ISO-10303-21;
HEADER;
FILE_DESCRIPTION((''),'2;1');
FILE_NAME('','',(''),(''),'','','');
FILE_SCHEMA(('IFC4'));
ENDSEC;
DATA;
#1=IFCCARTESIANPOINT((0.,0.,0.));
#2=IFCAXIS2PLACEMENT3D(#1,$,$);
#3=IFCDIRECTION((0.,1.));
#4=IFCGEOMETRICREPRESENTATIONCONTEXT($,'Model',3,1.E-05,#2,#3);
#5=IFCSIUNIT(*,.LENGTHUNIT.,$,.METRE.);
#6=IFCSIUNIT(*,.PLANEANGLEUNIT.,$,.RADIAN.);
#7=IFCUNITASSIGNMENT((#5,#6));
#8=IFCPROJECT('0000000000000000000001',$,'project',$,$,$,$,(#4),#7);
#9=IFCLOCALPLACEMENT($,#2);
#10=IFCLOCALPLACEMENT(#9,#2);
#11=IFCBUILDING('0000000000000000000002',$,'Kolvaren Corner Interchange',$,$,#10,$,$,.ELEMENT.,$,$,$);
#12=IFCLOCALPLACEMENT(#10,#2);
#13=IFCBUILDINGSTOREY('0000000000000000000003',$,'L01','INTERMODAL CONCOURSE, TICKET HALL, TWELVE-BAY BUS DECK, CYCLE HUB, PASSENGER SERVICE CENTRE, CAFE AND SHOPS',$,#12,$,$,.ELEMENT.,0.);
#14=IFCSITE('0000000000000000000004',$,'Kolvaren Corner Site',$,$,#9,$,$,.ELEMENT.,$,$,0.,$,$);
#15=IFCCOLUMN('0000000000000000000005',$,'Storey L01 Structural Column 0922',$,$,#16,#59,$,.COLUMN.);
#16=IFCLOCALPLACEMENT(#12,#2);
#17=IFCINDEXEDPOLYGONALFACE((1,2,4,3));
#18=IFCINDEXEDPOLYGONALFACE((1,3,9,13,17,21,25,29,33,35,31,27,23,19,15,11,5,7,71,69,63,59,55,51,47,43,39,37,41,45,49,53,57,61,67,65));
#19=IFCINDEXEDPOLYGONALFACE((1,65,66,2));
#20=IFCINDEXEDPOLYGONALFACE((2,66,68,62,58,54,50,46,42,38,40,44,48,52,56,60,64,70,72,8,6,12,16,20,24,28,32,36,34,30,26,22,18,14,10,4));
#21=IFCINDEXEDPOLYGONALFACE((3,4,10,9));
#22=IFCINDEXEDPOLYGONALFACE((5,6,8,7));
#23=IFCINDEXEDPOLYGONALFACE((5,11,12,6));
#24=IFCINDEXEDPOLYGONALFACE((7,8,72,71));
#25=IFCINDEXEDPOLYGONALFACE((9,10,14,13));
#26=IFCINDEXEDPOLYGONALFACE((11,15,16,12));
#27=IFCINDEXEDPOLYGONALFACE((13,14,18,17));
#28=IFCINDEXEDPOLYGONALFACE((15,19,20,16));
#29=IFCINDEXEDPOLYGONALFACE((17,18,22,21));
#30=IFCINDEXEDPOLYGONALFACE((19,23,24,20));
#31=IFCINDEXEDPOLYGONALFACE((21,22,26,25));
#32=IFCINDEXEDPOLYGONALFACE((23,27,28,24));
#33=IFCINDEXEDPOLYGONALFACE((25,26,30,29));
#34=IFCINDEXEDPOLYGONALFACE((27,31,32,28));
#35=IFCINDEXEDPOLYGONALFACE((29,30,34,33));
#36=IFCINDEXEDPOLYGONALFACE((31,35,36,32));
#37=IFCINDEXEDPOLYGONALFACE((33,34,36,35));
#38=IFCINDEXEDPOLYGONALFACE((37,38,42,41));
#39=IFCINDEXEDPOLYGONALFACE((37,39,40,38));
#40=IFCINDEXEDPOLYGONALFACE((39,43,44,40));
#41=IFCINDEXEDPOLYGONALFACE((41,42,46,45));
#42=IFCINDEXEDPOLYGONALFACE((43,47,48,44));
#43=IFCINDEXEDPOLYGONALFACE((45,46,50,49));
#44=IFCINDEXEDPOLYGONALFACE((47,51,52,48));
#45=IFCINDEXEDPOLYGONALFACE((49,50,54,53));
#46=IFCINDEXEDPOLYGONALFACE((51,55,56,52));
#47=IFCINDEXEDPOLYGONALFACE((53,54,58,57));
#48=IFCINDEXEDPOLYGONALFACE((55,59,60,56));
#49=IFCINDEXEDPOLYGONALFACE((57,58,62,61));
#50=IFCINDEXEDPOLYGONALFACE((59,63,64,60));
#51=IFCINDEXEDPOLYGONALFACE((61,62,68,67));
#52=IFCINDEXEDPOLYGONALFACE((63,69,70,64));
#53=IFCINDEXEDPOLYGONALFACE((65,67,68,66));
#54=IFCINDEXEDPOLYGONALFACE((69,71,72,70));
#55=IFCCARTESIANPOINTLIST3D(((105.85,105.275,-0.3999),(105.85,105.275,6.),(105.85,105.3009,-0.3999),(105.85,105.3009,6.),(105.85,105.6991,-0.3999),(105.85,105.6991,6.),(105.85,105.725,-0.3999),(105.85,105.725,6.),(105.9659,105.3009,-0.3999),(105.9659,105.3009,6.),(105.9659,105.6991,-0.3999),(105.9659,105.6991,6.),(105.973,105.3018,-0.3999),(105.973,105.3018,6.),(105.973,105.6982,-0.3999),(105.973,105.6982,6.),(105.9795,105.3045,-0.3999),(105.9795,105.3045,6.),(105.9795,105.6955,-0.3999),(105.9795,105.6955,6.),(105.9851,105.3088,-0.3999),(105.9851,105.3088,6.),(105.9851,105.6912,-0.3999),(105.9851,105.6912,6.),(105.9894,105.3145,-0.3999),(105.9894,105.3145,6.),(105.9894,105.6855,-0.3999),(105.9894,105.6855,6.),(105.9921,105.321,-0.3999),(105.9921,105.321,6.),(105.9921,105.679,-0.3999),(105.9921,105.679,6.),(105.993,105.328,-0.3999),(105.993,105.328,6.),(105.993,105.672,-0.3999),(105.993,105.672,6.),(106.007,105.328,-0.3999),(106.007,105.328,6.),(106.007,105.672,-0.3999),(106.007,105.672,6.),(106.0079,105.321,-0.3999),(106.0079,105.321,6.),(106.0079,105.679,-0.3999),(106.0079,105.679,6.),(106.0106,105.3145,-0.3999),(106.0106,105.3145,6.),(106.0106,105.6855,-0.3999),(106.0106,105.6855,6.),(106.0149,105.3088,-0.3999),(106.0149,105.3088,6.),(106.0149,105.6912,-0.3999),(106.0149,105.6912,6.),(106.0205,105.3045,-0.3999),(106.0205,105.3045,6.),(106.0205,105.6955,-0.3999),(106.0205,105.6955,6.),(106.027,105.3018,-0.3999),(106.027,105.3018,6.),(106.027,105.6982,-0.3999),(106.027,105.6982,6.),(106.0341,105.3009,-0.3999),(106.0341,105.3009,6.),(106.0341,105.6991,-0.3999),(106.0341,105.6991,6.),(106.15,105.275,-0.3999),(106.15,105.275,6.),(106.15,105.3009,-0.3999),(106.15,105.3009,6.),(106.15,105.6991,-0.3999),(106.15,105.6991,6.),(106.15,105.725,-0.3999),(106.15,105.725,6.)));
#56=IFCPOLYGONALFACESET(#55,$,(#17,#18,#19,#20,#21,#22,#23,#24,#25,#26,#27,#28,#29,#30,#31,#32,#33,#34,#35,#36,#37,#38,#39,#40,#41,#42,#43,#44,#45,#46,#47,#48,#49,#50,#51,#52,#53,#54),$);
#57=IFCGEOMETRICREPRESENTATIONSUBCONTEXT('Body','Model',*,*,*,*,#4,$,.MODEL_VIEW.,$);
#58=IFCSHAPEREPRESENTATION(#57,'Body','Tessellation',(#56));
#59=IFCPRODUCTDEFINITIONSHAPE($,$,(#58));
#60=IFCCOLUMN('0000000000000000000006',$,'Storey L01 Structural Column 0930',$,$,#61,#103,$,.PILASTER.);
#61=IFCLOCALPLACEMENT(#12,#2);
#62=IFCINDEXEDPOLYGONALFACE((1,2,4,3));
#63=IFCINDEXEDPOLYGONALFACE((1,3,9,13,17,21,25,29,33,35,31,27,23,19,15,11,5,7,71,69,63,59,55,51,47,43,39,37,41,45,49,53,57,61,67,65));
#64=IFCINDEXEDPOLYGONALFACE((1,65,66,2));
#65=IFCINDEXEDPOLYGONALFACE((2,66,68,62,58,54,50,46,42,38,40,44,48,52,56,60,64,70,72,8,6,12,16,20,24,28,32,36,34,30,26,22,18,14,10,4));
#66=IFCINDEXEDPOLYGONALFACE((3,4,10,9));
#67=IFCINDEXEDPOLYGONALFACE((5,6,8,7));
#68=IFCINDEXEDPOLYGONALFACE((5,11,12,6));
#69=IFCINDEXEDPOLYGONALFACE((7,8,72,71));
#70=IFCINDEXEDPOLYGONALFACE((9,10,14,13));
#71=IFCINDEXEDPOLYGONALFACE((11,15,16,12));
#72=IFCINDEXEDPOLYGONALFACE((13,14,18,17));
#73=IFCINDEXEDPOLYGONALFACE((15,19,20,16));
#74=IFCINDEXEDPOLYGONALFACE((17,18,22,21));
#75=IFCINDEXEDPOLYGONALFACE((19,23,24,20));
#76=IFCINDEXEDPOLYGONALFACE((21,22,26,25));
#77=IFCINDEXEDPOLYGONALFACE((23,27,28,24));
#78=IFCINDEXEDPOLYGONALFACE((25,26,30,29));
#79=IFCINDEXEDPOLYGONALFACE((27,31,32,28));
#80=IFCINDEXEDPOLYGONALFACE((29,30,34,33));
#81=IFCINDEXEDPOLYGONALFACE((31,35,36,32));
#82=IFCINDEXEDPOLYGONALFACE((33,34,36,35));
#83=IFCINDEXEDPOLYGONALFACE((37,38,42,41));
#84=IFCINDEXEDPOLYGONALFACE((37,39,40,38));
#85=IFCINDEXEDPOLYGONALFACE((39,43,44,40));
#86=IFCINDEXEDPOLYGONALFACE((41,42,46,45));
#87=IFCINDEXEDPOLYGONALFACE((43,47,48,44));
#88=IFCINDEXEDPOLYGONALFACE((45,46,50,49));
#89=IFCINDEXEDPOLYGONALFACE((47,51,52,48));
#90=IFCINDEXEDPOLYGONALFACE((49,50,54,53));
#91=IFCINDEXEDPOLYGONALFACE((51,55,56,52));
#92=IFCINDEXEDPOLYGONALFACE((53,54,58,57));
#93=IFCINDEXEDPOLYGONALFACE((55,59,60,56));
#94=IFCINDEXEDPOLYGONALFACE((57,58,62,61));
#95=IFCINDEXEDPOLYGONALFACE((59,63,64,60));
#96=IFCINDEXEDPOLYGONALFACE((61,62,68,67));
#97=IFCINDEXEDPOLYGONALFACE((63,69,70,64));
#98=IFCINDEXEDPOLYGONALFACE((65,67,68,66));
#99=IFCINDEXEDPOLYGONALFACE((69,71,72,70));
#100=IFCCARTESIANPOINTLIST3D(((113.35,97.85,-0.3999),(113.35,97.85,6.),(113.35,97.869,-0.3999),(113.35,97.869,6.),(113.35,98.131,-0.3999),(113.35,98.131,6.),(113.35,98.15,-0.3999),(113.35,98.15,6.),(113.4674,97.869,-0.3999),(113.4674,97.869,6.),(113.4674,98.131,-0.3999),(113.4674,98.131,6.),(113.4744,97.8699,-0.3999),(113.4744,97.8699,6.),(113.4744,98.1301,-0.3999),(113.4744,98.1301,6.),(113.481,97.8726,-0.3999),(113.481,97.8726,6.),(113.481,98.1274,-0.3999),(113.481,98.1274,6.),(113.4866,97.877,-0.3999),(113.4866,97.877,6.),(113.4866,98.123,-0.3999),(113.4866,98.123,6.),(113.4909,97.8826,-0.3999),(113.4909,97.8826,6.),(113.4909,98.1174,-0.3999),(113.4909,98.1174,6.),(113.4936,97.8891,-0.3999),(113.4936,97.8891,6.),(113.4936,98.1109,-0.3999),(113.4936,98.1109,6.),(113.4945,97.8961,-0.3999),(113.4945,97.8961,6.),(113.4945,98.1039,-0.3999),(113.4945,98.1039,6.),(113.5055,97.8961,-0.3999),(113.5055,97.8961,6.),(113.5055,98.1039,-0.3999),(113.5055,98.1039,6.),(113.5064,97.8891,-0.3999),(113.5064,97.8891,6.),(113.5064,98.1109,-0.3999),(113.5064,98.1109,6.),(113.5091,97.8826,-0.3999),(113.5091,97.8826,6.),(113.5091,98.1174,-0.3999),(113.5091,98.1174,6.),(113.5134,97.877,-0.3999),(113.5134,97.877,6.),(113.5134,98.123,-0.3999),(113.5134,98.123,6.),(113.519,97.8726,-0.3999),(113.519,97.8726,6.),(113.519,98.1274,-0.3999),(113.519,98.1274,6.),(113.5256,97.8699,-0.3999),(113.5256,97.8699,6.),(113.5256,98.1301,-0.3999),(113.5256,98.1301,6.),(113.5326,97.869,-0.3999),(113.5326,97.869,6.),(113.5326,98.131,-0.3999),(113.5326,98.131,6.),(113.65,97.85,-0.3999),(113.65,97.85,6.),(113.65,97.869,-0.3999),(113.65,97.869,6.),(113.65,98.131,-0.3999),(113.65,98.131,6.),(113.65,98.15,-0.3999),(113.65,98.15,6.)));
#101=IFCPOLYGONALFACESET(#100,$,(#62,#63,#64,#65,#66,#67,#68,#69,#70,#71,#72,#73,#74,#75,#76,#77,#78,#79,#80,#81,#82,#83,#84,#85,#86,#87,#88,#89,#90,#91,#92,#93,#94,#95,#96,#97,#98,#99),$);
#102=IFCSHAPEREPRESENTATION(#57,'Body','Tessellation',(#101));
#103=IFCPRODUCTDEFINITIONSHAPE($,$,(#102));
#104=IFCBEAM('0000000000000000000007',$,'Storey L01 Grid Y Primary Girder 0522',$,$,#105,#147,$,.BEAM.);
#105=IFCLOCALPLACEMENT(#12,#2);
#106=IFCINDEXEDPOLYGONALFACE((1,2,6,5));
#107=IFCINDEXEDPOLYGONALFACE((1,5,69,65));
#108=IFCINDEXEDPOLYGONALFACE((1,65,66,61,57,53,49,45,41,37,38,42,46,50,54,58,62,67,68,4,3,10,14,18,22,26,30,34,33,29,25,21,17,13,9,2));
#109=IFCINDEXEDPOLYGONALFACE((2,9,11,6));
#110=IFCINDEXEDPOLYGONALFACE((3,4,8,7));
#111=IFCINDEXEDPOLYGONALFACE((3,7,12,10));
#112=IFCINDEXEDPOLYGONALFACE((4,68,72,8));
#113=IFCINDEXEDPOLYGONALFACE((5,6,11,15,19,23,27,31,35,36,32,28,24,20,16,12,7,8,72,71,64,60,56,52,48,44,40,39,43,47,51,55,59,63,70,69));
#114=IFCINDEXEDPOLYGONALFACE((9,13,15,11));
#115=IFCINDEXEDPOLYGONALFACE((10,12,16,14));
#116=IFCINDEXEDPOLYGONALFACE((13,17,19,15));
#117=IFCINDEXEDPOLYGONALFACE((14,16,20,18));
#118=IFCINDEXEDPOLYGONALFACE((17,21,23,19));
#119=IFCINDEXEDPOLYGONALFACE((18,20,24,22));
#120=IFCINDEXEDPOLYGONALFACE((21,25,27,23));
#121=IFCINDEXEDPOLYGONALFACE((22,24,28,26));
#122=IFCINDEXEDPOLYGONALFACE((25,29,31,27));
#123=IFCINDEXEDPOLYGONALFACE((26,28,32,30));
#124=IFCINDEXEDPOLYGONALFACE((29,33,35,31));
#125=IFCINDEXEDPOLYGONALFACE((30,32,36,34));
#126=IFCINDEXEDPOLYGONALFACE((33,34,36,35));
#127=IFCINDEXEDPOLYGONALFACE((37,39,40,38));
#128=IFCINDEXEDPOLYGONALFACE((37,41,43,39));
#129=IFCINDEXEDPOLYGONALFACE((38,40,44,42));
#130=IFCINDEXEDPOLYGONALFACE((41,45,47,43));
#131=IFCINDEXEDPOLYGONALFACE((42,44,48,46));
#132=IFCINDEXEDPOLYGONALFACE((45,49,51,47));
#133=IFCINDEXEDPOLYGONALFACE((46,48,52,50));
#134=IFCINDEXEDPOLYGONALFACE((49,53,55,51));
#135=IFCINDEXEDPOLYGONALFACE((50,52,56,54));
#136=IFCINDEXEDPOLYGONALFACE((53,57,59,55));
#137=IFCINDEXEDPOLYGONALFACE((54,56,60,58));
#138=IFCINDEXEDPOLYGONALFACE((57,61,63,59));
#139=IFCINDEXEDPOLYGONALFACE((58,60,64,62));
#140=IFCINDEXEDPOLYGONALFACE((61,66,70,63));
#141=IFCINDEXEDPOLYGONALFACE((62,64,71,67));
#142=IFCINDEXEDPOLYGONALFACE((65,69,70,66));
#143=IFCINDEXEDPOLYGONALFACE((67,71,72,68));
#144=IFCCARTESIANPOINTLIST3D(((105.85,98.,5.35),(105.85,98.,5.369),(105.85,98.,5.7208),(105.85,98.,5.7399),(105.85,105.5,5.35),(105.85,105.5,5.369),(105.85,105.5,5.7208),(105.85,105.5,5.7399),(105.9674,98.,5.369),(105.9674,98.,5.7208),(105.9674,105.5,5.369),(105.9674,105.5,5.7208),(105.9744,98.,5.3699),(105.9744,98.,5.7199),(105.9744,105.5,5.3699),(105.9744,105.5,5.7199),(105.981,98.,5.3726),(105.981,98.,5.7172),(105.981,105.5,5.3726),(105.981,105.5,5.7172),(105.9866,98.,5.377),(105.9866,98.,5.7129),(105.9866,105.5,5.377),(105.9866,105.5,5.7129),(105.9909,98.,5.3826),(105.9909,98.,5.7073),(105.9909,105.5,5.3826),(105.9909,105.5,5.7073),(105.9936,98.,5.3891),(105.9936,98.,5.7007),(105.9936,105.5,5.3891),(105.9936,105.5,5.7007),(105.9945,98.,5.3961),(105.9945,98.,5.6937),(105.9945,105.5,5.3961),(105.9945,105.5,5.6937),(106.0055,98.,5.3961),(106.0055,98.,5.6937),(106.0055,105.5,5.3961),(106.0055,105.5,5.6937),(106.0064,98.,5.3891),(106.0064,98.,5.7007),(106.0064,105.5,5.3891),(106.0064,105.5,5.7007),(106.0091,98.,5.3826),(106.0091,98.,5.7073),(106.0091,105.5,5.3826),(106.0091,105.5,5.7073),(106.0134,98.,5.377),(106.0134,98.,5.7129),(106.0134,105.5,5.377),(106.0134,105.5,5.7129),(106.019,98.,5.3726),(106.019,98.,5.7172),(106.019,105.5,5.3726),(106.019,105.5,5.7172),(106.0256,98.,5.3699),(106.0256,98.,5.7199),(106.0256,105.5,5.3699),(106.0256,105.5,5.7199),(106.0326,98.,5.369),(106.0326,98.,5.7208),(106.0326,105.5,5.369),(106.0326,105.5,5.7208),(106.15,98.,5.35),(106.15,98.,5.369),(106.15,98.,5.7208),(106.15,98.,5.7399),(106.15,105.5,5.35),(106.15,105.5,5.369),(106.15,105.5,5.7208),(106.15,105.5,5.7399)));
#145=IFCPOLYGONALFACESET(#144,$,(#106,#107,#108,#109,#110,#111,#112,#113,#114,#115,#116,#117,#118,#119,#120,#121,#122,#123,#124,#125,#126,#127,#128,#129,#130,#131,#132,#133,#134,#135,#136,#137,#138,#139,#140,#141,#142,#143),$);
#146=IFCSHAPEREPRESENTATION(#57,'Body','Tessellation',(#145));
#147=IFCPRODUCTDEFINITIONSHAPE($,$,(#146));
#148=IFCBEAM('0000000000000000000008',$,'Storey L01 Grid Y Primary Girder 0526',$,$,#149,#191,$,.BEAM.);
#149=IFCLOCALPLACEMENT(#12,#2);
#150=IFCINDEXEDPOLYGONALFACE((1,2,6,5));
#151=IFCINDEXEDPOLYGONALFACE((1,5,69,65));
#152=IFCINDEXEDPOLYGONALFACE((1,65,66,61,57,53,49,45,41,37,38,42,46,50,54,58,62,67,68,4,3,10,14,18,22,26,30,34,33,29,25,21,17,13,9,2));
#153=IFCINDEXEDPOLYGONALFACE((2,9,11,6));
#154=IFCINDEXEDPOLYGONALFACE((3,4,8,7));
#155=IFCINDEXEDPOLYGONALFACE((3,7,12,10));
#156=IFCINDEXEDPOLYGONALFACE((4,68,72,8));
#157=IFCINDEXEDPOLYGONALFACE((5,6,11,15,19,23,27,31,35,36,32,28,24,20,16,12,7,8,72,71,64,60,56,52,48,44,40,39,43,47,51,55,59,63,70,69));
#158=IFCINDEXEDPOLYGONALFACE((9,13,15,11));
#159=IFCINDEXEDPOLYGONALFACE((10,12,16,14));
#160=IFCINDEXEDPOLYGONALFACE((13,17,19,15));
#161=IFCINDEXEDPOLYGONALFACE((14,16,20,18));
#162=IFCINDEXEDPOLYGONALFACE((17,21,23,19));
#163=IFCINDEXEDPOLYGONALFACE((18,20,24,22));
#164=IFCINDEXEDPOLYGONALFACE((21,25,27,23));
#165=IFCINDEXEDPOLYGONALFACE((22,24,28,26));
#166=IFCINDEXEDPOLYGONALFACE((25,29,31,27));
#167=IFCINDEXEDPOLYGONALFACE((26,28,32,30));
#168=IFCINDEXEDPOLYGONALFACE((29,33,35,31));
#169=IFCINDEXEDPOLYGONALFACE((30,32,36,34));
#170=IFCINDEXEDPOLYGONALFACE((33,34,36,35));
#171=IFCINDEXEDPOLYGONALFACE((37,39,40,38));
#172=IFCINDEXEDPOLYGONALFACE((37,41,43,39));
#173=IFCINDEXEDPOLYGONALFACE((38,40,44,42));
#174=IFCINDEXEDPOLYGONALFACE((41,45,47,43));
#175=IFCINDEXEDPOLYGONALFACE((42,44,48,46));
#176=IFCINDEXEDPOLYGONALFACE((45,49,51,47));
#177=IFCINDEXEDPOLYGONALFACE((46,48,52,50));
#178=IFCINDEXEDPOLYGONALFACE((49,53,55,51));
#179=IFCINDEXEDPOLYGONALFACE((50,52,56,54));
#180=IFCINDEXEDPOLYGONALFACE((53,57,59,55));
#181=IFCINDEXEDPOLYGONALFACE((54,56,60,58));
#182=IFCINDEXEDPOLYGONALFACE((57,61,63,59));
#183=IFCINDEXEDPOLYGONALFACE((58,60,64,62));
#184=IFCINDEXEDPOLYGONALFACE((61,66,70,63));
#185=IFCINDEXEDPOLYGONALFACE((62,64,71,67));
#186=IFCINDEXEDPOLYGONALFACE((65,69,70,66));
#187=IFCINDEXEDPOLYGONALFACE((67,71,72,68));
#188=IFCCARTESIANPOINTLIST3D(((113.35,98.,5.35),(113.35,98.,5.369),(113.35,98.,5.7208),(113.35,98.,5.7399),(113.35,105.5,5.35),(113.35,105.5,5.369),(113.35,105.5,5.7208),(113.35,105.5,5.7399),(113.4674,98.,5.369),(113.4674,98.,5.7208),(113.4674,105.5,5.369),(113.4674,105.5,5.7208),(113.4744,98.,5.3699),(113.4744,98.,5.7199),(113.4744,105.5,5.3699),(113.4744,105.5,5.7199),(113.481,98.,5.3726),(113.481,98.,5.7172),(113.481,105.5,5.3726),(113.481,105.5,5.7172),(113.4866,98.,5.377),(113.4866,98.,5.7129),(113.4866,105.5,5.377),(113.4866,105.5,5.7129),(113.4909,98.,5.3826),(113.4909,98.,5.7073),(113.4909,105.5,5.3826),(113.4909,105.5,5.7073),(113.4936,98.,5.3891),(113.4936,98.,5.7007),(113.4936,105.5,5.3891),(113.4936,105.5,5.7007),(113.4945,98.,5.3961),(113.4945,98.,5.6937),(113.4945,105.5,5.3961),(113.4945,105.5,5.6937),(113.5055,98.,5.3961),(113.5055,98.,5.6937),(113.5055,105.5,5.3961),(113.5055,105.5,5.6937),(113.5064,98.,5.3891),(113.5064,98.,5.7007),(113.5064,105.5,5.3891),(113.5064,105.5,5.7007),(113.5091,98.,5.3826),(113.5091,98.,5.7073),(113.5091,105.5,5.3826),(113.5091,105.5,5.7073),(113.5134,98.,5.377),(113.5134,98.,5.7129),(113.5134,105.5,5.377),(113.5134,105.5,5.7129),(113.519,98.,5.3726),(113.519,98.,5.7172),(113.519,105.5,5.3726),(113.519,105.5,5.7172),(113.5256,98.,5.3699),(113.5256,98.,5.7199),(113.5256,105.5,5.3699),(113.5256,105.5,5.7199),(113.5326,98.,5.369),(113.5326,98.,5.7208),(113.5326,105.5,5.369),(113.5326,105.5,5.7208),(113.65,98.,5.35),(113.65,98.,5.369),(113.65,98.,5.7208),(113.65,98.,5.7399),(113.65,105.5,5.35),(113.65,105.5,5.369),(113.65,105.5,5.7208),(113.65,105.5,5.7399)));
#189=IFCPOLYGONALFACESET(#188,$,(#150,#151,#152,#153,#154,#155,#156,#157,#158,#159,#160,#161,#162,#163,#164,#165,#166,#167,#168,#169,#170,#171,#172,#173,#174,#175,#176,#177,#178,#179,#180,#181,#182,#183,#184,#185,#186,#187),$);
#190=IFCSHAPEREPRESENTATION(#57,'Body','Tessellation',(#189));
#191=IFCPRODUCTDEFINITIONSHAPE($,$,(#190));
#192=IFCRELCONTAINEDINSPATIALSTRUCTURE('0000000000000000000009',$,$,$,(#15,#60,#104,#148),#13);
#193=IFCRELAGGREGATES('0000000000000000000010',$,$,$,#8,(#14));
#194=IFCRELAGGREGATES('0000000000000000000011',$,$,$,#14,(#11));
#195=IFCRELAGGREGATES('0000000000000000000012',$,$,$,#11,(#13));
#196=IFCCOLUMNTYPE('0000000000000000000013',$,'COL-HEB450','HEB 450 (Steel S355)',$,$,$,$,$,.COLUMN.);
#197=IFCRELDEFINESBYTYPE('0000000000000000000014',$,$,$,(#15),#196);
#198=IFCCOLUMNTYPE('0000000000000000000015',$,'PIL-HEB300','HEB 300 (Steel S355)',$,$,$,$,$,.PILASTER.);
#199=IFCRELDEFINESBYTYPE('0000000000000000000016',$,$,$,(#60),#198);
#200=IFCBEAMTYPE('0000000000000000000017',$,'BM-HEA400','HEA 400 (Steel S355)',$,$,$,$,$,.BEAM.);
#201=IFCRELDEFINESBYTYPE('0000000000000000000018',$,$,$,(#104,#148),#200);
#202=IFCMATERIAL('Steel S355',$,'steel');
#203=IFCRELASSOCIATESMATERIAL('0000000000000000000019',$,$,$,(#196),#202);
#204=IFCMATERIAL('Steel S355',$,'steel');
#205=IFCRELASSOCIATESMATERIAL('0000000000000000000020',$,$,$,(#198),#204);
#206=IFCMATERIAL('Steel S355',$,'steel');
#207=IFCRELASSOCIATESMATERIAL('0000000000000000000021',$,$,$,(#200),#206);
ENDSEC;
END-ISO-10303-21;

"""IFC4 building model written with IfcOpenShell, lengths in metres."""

from ifc_helpers import new_model, si_unit, direction, frame, origin, origin_2d, place, context, subcontext, project, spatial, i_section, extrude, material, material_profile, profile_set, type_object, element, save


model = new_model("IFC4")

# Units and contexts
model_context = context("Model", 3, precision=1e-05, world=origin(), true_north=direction((0.0, 1.0)))
body_context = subcontext(model_context, "Body", "Model", "MODEL_VIEW")
ifc_project = project(units=[si_unit("LENGTHUNIT", "METRE"), si_unit("PLANEANGLEUNIT", "RADIAN")], contexts=[model_context])

# Site, building, storey
site_placement = place(None, origin())
site = spatial("IfcSite", under=ifc_project, at=site_placement, Name="Kolvaren Corner Site", CompositionType="ELEMENT", RefElevation=0.0)
building_placement = place(site_placement, origin())
building = spatial("IfcBuilding", under=site, at=building_placement, Name="Kolvaren Corner Interchange", CompositionType="ELEMENT")
storey_placement = place(building_placement, origin())
storey = spatial("IfcBuildingStorey", under=building, at=storey_placement, Name="L01", Description="INTERMODAL CONCOURSE, TICKET HALL, TWELVE-BAY BUS DECK, CYCLE HUB, PASSENGER SERVICE CENTRE, CAFE AND SHOPS", CompositionType="ELEMENT", Elevation=0.0)

# Columns
ifc_material_1 = material(Name="Steel S355", Category="steel")
ifc_material_profile_1 = material_profile(ifc_material_1, i_section(OverallWidth=0.3, OverallDepth=0.45, WebThickness=0.0139, FlangeThickness=0.0259, FilletRadius=0.0271, at=origin_2d()), Name="HEB 450")
ifc_profile_set_1 = profile_set([ifc_material_profile_1], Name="Steel S355")
column_type_1 = type_object("IfcColumnType", Name="COL-HEB450", Description="HEB 450 (Steel S355)", PredefinedType="COLUMN", material=ifc_profile_set_1)
column_1_placement = place(storey_placement, frame((106.0, 105.5, -0.3999), z_axis=(0.0, 0.0, 1.0), x_axis=(1.0, 0.0, 0.0)))
element("IfcColumn", 1, at=column_1_placement, inside=storey, type_object=column_type_1, Name="Storey L01 Structural Column 0922", PredefinedType="COLUMN", context=body_context, shape_type="SweptSolid", body=[
    extrude(i_section(OverallWidth=0.3, OverallDepth=0.45, WebThickness=0.0139, FlangeThickness=0.0259, FilletRadius=0.0271, at=origin_2d()), origin(), (0.0, 0.0, 1.0), 6.3999),
])
ifc_material_2 = material(Name="Steel S355", Category="steel")
ifc_material_profile_2 = material_profile(ifc_material_2, i_section(OverallWidth=0.3, OverallDepth=0.3, WebThickness=0.011, FlangeThickness=0.019, FilletRadius=0.0271, at=origin_2d()), Name="HEB 300")
ifc_profile_set_2 = profile_set([ifc_material_profile_2], Name="Steel S355")
column_type_2 = type_object("IfcColumnType", Name="PIL-HEB300", Description="HEB 300 (Steel S355)", PredefinedType="PILASTER", material=ifc_profile_set_2)
column_2_placement = place(storey_placement, frame((113.5, 98.0, -0.3999), z_axis=(0.0, 0.0, 1.0), x_axis=(1.0, 0.0, 0.0)))
element("IfcColumn", 2, at=column_2_placement, inside=storey, type_object=column_type_2, Name="Storey L01 Structural Column 0930", PredefinedType="PILASTER", context=body_context, shape_type="SweptSolid", body=[
    extrude(i_section(OverallWidth=0.3, OverallDepth=0.3, WebThickness=0.011, FlangeThickness=0.019, FilletRadius=0.0271, at=origin_2d()), origin(), (0.0, 0.0, 1.0), 6.3999),
])

# Beams
ifc_material_3 = material(Name="Steel S355", Category="steel")
ifc_material_profile_3 = material_profile(ifc_material_3, i_section(OverallWidth=0.3, OverallDepth=0.3899, WebThickness=0.011, FlangeThickness=0.019, FilletRadius=0.0271, at=origin_2d()), Name="HEA 400")
ifc_profile_set_3 = profile_set([ifc_material_profile_3], Name="Steel S355")
beam_type_1 = type_object("IfcBeamType", Name="BM-HEA400", Description="HEA 400 (Steel S355)", PredefinedType="BEAM", material=ifc_profile_set_3)
for number, where, z_axis, x_axis, name in (
    (3, (106.0, 98.0, 5.5449), (0.0, 1.0, 0.0), (-1.0, 0.0, 0.0), "Storey L01 Grid Y Primary Girder 0522"),
    (4, (113.5, 98.0, 5.5449), (0.0, 1.0, 0.0), (-1.0, 0.0, 0.0), "Storey L01 Grid Y Primary Girder 0526"),
):
    element("IfcBeam", number, at=place(storey_placement, frame(where, z_axis=z_axis, x_axis=x_axis)), inside=storey, type_object=beam_type_1, Name=name, PredefinedType="BEAM", context=body_context, shape_type="SweptSolid", body=[
        extrude(i_section(OverallWidth=0.3, OverallDepth=0.3899, WebThickness=0.011, FlangeThickness=0.019, FilletRadius=0.0271, at=origin_2d()), origin(), (0.0, 0.0, 1.0), 7.5),
    ])

save(model, "model.ifc")
